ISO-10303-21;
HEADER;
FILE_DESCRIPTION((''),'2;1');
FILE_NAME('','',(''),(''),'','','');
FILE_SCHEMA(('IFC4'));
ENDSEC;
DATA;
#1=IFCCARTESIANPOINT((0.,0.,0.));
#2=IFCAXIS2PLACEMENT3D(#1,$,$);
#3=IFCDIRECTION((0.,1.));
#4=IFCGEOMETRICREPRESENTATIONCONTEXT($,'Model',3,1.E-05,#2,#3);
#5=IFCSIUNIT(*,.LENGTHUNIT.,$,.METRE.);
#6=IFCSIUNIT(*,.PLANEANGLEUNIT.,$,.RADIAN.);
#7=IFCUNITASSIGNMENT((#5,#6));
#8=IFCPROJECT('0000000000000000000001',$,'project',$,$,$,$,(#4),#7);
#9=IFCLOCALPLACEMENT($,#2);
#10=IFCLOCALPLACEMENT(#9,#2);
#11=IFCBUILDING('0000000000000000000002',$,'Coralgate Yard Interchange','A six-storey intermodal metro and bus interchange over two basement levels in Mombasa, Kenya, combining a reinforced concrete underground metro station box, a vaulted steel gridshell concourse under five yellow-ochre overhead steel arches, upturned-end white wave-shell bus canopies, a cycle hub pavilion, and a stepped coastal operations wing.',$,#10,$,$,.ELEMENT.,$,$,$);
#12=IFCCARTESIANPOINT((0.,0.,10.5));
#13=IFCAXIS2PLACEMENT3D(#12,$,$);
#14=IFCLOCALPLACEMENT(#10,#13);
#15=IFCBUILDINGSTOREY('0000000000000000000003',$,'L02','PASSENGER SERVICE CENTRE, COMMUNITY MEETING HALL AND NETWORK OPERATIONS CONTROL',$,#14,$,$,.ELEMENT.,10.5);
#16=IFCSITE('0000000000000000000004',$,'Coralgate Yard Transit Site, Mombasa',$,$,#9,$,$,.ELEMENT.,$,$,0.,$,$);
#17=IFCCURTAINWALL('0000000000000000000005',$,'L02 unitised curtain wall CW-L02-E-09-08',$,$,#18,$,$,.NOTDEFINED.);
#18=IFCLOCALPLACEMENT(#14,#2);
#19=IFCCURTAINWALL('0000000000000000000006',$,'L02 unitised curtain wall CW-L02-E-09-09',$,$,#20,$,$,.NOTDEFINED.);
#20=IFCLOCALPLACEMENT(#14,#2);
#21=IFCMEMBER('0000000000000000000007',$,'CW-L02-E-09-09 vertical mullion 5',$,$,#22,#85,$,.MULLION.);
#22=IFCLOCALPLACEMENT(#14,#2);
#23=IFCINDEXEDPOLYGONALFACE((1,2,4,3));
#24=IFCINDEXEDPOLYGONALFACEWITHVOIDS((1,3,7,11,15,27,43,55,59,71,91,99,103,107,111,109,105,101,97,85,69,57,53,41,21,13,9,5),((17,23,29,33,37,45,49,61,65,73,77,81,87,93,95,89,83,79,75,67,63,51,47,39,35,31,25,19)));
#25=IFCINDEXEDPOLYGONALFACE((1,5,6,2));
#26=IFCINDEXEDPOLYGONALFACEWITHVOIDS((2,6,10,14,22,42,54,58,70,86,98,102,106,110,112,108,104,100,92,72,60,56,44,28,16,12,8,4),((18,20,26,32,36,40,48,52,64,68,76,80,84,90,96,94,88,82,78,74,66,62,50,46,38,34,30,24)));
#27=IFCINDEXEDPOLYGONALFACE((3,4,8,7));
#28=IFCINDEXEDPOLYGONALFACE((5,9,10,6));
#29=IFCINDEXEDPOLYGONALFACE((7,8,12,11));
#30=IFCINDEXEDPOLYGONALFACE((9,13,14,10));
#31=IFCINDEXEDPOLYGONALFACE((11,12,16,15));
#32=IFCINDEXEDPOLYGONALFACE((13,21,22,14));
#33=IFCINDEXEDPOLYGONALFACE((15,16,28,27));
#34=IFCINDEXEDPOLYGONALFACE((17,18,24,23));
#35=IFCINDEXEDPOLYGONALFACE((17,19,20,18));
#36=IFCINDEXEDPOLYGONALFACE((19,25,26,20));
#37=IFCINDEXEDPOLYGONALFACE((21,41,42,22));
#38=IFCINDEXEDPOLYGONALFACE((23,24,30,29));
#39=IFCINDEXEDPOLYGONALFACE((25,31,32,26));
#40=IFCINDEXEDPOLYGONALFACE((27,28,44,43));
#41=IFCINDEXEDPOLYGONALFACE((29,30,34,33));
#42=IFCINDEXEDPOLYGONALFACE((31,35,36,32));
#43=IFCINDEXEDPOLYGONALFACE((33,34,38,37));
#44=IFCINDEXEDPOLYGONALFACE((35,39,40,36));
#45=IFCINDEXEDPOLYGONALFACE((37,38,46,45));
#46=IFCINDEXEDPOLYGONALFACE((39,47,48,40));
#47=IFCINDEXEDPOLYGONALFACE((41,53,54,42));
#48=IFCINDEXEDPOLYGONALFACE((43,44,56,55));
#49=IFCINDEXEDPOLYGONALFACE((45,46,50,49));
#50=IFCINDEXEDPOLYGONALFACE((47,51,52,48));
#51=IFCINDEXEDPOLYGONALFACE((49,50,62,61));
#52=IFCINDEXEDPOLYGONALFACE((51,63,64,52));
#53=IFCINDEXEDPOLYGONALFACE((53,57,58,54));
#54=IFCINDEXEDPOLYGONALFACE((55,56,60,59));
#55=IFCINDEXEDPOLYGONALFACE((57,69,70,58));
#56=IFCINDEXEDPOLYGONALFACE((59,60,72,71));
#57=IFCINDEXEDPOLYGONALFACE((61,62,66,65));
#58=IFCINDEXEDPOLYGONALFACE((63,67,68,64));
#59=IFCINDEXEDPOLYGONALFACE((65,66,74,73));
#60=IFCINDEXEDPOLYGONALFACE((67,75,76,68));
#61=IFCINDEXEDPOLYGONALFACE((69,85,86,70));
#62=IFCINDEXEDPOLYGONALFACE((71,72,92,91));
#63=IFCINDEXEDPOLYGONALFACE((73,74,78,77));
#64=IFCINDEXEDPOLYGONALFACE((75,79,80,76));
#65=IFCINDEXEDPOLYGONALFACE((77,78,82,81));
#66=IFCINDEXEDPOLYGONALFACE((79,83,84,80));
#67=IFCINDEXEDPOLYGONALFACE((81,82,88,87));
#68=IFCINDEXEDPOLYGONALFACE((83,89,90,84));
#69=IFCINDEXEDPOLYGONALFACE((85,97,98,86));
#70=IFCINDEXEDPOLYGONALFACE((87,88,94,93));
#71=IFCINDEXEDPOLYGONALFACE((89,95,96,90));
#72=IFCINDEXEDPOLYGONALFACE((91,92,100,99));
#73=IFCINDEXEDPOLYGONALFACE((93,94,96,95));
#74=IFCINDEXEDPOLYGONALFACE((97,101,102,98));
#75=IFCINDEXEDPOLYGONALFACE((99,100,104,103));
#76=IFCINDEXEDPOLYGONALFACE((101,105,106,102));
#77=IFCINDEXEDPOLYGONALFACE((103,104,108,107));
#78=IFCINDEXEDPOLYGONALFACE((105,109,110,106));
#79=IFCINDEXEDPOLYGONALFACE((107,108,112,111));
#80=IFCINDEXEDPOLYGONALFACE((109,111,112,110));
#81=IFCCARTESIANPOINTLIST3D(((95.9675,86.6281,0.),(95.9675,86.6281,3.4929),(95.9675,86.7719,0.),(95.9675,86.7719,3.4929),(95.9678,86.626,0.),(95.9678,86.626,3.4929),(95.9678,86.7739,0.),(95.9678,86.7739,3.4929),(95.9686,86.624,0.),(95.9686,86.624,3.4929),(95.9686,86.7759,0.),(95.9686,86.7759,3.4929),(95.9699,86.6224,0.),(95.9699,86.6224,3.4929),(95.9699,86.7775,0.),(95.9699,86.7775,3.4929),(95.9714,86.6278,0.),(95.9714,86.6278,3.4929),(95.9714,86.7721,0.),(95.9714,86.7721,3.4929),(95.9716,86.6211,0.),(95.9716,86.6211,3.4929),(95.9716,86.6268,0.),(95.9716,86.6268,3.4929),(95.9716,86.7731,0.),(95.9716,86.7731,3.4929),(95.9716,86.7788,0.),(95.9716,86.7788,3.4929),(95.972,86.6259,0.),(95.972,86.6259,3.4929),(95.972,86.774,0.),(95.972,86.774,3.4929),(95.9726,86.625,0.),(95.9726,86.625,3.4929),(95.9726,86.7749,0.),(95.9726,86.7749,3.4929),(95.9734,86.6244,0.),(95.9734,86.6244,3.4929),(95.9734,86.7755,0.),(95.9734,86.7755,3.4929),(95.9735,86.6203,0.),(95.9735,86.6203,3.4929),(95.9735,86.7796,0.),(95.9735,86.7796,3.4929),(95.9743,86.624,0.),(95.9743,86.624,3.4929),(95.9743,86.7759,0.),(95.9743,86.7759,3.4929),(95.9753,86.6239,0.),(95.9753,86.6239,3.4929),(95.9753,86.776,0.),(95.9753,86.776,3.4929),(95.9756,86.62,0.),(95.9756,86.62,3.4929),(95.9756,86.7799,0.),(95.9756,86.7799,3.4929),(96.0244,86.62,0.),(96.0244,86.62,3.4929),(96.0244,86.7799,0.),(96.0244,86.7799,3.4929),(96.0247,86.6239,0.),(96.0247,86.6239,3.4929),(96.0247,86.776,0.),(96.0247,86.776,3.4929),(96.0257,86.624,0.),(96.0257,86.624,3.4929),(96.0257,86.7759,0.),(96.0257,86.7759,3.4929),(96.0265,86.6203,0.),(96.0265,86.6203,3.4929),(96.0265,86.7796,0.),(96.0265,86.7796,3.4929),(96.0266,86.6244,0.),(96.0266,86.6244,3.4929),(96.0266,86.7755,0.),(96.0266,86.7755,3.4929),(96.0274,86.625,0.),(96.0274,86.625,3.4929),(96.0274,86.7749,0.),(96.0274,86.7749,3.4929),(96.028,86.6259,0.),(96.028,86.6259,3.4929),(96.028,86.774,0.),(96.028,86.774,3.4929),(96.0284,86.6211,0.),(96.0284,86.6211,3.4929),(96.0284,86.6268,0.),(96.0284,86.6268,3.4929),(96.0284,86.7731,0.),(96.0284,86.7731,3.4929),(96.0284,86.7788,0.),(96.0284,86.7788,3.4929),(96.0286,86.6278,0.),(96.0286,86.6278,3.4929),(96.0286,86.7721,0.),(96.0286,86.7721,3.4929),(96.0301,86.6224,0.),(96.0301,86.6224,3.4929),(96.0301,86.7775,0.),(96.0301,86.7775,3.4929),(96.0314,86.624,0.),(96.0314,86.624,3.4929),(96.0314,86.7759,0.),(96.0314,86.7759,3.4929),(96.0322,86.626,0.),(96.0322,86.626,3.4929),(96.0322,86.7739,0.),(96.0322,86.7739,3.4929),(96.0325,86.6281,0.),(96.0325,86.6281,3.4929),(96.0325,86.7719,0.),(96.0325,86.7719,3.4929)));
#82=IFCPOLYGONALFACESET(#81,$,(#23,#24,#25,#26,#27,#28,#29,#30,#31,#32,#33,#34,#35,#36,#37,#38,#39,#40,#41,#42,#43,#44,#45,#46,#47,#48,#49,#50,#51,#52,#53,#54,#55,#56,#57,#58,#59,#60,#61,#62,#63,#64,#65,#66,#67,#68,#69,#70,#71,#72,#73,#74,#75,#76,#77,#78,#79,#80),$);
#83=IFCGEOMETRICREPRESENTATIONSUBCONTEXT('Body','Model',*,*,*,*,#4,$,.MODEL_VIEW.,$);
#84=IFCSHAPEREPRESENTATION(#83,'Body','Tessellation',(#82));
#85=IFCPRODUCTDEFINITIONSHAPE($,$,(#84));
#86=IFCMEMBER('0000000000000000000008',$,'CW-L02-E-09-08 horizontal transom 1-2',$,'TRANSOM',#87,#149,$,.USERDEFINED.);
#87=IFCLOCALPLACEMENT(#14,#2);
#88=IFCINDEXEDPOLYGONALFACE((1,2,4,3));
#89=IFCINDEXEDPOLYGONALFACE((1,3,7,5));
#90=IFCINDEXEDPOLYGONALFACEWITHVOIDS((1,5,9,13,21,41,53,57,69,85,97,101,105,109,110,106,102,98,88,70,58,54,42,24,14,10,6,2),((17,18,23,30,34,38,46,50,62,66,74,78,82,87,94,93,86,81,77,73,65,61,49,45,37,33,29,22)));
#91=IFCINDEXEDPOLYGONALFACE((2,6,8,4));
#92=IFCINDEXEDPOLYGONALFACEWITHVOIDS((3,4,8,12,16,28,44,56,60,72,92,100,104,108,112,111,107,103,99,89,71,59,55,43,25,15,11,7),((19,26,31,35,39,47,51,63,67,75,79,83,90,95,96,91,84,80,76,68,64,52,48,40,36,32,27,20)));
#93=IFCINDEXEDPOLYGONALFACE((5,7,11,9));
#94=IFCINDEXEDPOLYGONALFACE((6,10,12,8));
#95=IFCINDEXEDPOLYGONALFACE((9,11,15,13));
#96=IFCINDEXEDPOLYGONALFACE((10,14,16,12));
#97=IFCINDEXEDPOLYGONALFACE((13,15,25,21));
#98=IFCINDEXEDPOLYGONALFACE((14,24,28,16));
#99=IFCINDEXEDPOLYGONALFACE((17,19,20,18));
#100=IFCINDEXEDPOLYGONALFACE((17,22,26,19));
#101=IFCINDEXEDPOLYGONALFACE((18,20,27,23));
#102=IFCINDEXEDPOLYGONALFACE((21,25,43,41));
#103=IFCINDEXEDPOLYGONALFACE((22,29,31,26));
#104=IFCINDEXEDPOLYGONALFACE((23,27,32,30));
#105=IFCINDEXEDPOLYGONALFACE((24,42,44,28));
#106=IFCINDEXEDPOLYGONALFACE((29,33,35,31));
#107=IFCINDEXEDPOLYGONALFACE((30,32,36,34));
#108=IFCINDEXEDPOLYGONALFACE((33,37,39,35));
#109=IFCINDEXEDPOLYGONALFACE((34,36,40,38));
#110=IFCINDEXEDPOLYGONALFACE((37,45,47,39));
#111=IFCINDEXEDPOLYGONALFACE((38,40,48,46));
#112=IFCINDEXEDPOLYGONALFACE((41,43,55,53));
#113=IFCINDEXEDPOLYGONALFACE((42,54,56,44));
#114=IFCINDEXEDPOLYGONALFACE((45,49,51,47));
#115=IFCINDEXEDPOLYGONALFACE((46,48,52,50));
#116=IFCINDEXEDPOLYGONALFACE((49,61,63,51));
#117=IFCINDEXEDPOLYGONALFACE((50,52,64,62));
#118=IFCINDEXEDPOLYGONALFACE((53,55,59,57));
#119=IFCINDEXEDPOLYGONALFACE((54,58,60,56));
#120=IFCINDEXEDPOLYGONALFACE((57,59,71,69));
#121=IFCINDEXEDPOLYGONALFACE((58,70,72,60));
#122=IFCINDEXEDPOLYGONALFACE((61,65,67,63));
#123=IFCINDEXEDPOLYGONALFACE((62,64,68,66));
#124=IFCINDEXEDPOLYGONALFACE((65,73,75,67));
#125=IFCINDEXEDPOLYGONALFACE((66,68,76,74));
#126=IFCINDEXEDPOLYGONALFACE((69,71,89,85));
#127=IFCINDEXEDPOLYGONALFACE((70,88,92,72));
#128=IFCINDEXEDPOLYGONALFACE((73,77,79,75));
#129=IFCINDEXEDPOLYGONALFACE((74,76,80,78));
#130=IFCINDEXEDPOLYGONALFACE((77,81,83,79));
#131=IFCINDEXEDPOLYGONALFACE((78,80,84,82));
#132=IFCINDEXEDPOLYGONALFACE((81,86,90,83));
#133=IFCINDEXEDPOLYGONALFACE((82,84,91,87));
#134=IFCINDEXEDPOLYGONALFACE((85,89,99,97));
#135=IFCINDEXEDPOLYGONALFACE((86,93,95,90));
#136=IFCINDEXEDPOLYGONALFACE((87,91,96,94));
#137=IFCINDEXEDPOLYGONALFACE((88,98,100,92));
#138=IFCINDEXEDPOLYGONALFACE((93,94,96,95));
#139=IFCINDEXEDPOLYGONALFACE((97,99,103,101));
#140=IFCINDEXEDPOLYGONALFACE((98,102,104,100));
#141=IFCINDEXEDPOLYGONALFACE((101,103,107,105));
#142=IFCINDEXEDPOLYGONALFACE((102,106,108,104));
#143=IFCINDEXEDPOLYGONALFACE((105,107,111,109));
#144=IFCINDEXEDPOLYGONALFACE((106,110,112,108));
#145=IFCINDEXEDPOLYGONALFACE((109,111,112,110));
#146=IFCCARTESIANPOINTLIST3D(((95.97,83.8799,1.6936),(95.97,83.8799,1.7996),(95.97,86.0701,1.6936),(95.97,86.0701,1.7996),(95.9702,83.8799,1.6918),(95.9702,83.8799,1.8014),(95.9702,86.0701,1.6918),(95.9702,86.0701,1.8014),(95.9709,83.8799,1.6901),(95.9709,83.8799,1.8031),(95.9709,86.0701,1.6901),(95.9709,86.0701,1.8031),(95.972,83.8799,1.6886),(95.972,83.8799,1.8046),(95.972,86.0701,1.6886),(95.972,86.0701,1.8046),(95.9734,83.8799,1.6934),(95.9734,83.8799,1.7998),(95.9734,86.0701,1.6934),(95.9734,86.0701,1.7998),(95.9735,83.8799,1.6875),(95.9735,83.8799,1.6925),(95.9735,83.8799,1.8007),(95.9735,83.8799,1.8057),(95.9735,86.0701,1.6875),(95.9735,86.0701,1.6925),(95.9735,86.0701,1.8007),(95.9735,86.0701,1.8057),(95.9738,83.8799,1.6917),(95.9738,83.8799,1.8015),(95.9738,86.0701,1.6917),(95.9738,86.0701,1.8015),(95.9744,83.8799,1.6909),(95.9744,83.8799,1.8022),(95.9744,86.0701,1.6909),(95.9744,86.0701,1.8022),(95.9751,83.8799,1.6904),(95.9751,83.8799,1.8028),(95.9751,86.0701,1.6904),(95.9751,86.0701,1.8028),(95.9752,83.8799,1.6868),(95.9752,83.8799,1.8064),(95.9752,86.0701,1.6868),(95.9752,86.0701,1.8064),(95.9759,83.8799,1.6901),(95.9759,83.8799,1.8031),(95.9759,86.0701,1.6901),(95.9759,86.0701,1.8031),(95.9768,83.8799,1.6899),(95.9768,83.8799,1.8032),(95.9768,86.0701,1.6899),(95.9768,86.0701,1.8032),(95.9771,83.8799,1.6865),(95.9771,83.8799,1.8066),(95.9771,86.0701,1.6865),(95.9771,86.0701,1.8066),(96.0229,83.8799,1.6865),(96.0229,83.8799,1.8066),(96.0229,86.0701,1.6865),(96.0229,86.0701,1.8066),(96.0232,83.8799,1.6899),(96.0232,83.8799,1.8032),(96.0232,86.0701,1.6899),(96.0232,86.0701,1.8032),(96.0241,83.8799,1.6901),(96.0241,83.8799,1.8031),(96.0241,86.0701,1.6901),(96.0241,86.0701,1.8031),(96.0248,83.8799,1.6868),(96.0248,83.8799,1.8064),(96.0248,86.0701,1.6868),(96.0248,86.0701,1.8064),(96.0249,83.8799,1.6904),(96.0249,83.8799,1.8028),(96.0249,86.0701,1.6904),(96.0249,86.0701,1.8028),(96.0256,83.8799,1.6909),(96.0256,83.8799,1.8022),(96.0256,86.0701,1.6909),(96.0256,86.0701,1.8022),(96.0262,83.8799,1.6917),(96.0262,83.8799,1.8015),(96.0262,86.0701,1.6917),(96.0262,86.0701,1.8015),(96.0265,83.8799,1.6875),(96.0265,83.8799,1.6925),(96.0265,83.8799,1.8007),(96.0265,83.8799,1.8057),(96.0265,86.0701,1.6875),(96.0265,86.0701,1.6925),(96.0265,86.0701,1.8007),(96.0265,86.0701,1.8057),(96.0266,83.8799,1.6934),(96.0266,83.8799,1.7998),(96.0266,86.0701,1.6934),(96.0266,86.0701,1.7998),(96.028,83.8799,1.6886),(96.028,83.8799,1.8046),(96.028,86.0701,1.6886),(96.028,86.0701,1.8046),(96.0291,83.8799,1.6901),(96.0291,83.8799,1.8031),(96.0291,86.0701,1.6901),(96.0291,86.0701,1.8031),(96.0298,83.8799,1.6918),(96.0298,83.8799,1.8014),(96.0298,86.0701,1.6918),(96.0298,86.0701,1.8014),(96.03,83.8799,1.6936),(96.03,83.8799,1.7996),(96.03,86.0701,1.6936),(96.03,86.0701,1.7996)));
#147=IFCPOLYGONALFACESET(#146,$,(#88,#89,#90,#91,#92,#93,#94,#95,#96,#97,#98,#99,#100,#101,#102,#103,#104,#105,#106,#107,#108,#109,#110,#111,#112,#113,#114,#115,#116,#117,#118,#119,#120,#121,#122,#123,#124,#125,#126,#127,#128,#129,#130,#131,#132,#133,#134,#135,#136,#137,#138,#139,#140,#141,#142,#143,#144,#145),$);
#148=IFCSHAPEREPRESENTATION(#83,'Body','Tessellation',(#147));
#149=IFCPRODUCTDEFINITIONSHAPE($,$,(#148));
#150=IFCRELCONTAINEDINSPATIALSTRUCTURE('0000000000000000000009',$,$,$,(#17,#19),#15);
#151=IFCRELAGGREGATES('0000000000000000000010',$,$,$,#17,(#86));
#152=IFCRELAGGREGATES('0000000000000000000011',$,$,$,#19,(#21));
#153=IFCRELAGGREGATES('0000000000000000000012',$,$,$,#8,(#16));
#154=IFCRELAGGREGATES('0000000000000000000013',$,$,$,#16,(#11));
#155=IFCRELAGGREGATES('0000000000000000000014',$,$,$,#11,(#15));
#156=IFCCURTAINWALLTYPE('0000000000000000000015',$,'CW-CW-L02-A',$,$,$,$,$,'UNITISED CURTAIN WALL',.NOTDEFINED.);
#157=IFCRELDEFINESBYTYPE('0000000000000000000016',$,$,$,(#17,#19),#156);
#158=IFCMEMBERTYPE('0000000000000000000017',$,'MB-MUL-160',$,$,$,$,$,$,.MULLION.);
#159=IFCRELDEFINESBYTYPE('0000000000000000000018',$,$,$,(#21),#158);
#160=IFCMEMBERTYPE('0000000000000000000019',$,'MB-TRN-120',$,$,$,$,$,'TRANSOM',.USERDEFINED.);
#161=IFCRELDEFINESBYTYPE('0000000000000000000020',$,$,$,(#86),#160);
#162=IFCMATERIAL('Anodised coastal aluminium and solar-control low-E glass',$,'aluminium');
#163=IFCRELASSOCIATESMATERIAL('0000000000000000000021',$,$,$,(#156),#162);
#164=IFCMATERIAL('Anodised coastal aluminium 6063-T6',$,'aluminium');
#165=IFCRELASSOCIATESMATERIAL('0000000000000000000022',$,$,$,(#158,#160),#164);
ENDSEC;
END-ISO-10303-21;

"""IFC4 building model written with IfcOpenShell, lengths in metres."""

from ifc_helpers import new_model, si_unit, direction, frame, origin, origin_2d, place, context, subcontext, project, spatial, hollow_rectangle, extrude, material, material_profile, profile_set, type_object, element, aggregate, save


model = new_model("IFC4")

# Units and contexts
model_context = context("Model", 3, precision=1e-05, world=origin(), true_north=direction((0.0, 1.0)))
body_context = subcontext(model_context, "Body", "Model", "MODEL_VIEW")
ifc_project = project(units=[si_unit("LENGTHUNIT", "METRE"), si_unit("PLANEANGLEUNIT", "RADIAN")], contexts=[model_context])

# Site, building, storey
site_placement = place(None, origin())
site = spatial("IfcSite", under=ifc_project, at=site_placement, Name="Coralgate Yard Transit Site, Mombasa", CompositionType="ELEMENT", RefElevation=0.0)
building_placement = place(site_placement, origin())
building = spatial("IfcBuilding", under=site, at=building_placement, Name="Coralgate Yard Interchange", Description="A six-storey intermodal metro and bus interchange over two basement levels in Mombasa, Kenya, combining a reinforced concrete underground metro station box, a vaulted steel gridshell concourse under five yellow-ochre overhead steel arches, upturned-end white wave-shell bus canopies, a cycle hub pavilion, and a stepped coastal operations wing.", CompositionType="ELEMENT")
storey_placement = place(building_placement, frame((0.0, 0.0, 10.5)))
storey = spatial("IfcBuildingStorey", under=building, at=storey_placement, Name="L02", Description="PASSENGER SERVICE CENTRE, COMMUNITY MEETING HALL AND NETWORK OPERATIONS CONTROL", CompositionType="ELEMENT", Elevation=10.5)

# Curtain wall
ifc_material_1 = material(Name="Anodised coastal aluminium and solar-control low-E glass", Category="aluminium")
curtain_wall_type = type_object("IfcCurtainWallType", Name="CW-CW-L02-A", ElementType="UNITISED CURTAIN WALL", PredefinedType="NOTDEFINED", material=ifc_material_1)
curtain_wall_1_placement = place(storey_placement, origin())
curtain_wall_1 = element("IfcCurtainWall", 1, at=curtain_wall_1_placement, inside=storey, type_object=curtain_wall_type, Name="L02 unitised curtain wall CW-L02-E-09-08", PredefinedType="NOTDEFINED")
ifc_material_2 = material(Name="Anodised coastal aluminium 6063-T6", Category="aluminium")
ifc_material_profile_1 = material_profile(ifc_material_2, hollow_rectangle(XDim=0.0649, YDim=0.1599, WallThickness=0.0039, InnerFilletRadius=0.0039, OuterFilletRadius=0.0081, at=origin_2d()), Name="ALU 65x160x4")
ifc_profile_set_1 = profile_set([ifc_material_profile_1], Name="Anodised coastal aluminium 6063-T6")
member_type_1 = type_object("IfcMemberType", Name="MB-MUL-160", PredefinedType="MULLION", material=ifc_profile_set_1)

# Curtain wall, member
curtain_wall_2_placement = place(storey_placement, origin())
curtain_wall_2 = element("IfcCurtainWall", 2, at=curtain_wall_2_placement, inside=storey, type_object=curtain_wall_type, Name="L02 unitised curtain wall CW-L02-E-09-09", PredefinedType="NOTDEFINED")
member_1_placement = place(storey_placement, frame((96.0, 86.7, 0.0), z_axis=(0.0, 0.0, 1.0), x_axis=(1.0, 0.0, 0.0)))
member_1 = element("IfcMember", 3, at=member_1_placement, type_object=member_type_1, Name="CW-L02-E-09-09 vertical mullion 5", PredefinedType="MULLION", context=body_context, shape_type="SweptSolid", body=[
    extrude(hollow_rectangle(XDim=0.0649, YDim=0.1599, WallThickness=0.0039, InnerFilletRadius=0.0039, OuterFilletRadius=0.0081, at=origin_2d()), origin(), (0.0, 0.0, 1.0), 3.4929),
])

# Member
ifc_material_profile_2 = material_profile(ifc_material_2, hollow_rectangle(XDim=0.0601, YDim=0.1201, WallThickness=0.0034, InnerFilletRadius=0.0034, OuterFilletRadius=0.0071, at=origin_2d()), Name="ALU 60x120x3.5")
ifc_profile_set_2 = profile_set([ifc_material_profile_2], Name="Anodised coastal aluminium 6063-T6")
member_type_2 = type_object("IfcMemberType", Name="MB-TRN-120", ElementType="TRANSOM", PredefinedType="USERDEFINED", material=ifc_profile_set_2)
member_2_placement = place(storey_placement, frame((96.0, 86.0701, 1.7466), z_axis=(0.0, -1.0, 0.0), x_axis=(1.0, 0.0, 0.0)))
member_2 = element("IfcMember", 4, at=member_2_placement, type_object=member_type_2, Name="CW-L02-E-09-08 horizontal transom 1-2", ObjectType="TRANSOM", PredefinedType="USERDEFINED", context=body_context, shape_type="SweptSolid", body=[
    extrude(hollow_rectangle(XDim=0.0601, YDim=0.1201, WallThickness=0.0034, InnerFilletRadius=0.0034, OuterFilletRadius=0.0071, at=origin_2d()), origin(), (0.0, 0.0, 1.0), 2.1902),
])
aggregate(curtain_wall_1, [member_2])

aggregate(curtain_wall_2, [member_1])

save(model, "model.ifc")
